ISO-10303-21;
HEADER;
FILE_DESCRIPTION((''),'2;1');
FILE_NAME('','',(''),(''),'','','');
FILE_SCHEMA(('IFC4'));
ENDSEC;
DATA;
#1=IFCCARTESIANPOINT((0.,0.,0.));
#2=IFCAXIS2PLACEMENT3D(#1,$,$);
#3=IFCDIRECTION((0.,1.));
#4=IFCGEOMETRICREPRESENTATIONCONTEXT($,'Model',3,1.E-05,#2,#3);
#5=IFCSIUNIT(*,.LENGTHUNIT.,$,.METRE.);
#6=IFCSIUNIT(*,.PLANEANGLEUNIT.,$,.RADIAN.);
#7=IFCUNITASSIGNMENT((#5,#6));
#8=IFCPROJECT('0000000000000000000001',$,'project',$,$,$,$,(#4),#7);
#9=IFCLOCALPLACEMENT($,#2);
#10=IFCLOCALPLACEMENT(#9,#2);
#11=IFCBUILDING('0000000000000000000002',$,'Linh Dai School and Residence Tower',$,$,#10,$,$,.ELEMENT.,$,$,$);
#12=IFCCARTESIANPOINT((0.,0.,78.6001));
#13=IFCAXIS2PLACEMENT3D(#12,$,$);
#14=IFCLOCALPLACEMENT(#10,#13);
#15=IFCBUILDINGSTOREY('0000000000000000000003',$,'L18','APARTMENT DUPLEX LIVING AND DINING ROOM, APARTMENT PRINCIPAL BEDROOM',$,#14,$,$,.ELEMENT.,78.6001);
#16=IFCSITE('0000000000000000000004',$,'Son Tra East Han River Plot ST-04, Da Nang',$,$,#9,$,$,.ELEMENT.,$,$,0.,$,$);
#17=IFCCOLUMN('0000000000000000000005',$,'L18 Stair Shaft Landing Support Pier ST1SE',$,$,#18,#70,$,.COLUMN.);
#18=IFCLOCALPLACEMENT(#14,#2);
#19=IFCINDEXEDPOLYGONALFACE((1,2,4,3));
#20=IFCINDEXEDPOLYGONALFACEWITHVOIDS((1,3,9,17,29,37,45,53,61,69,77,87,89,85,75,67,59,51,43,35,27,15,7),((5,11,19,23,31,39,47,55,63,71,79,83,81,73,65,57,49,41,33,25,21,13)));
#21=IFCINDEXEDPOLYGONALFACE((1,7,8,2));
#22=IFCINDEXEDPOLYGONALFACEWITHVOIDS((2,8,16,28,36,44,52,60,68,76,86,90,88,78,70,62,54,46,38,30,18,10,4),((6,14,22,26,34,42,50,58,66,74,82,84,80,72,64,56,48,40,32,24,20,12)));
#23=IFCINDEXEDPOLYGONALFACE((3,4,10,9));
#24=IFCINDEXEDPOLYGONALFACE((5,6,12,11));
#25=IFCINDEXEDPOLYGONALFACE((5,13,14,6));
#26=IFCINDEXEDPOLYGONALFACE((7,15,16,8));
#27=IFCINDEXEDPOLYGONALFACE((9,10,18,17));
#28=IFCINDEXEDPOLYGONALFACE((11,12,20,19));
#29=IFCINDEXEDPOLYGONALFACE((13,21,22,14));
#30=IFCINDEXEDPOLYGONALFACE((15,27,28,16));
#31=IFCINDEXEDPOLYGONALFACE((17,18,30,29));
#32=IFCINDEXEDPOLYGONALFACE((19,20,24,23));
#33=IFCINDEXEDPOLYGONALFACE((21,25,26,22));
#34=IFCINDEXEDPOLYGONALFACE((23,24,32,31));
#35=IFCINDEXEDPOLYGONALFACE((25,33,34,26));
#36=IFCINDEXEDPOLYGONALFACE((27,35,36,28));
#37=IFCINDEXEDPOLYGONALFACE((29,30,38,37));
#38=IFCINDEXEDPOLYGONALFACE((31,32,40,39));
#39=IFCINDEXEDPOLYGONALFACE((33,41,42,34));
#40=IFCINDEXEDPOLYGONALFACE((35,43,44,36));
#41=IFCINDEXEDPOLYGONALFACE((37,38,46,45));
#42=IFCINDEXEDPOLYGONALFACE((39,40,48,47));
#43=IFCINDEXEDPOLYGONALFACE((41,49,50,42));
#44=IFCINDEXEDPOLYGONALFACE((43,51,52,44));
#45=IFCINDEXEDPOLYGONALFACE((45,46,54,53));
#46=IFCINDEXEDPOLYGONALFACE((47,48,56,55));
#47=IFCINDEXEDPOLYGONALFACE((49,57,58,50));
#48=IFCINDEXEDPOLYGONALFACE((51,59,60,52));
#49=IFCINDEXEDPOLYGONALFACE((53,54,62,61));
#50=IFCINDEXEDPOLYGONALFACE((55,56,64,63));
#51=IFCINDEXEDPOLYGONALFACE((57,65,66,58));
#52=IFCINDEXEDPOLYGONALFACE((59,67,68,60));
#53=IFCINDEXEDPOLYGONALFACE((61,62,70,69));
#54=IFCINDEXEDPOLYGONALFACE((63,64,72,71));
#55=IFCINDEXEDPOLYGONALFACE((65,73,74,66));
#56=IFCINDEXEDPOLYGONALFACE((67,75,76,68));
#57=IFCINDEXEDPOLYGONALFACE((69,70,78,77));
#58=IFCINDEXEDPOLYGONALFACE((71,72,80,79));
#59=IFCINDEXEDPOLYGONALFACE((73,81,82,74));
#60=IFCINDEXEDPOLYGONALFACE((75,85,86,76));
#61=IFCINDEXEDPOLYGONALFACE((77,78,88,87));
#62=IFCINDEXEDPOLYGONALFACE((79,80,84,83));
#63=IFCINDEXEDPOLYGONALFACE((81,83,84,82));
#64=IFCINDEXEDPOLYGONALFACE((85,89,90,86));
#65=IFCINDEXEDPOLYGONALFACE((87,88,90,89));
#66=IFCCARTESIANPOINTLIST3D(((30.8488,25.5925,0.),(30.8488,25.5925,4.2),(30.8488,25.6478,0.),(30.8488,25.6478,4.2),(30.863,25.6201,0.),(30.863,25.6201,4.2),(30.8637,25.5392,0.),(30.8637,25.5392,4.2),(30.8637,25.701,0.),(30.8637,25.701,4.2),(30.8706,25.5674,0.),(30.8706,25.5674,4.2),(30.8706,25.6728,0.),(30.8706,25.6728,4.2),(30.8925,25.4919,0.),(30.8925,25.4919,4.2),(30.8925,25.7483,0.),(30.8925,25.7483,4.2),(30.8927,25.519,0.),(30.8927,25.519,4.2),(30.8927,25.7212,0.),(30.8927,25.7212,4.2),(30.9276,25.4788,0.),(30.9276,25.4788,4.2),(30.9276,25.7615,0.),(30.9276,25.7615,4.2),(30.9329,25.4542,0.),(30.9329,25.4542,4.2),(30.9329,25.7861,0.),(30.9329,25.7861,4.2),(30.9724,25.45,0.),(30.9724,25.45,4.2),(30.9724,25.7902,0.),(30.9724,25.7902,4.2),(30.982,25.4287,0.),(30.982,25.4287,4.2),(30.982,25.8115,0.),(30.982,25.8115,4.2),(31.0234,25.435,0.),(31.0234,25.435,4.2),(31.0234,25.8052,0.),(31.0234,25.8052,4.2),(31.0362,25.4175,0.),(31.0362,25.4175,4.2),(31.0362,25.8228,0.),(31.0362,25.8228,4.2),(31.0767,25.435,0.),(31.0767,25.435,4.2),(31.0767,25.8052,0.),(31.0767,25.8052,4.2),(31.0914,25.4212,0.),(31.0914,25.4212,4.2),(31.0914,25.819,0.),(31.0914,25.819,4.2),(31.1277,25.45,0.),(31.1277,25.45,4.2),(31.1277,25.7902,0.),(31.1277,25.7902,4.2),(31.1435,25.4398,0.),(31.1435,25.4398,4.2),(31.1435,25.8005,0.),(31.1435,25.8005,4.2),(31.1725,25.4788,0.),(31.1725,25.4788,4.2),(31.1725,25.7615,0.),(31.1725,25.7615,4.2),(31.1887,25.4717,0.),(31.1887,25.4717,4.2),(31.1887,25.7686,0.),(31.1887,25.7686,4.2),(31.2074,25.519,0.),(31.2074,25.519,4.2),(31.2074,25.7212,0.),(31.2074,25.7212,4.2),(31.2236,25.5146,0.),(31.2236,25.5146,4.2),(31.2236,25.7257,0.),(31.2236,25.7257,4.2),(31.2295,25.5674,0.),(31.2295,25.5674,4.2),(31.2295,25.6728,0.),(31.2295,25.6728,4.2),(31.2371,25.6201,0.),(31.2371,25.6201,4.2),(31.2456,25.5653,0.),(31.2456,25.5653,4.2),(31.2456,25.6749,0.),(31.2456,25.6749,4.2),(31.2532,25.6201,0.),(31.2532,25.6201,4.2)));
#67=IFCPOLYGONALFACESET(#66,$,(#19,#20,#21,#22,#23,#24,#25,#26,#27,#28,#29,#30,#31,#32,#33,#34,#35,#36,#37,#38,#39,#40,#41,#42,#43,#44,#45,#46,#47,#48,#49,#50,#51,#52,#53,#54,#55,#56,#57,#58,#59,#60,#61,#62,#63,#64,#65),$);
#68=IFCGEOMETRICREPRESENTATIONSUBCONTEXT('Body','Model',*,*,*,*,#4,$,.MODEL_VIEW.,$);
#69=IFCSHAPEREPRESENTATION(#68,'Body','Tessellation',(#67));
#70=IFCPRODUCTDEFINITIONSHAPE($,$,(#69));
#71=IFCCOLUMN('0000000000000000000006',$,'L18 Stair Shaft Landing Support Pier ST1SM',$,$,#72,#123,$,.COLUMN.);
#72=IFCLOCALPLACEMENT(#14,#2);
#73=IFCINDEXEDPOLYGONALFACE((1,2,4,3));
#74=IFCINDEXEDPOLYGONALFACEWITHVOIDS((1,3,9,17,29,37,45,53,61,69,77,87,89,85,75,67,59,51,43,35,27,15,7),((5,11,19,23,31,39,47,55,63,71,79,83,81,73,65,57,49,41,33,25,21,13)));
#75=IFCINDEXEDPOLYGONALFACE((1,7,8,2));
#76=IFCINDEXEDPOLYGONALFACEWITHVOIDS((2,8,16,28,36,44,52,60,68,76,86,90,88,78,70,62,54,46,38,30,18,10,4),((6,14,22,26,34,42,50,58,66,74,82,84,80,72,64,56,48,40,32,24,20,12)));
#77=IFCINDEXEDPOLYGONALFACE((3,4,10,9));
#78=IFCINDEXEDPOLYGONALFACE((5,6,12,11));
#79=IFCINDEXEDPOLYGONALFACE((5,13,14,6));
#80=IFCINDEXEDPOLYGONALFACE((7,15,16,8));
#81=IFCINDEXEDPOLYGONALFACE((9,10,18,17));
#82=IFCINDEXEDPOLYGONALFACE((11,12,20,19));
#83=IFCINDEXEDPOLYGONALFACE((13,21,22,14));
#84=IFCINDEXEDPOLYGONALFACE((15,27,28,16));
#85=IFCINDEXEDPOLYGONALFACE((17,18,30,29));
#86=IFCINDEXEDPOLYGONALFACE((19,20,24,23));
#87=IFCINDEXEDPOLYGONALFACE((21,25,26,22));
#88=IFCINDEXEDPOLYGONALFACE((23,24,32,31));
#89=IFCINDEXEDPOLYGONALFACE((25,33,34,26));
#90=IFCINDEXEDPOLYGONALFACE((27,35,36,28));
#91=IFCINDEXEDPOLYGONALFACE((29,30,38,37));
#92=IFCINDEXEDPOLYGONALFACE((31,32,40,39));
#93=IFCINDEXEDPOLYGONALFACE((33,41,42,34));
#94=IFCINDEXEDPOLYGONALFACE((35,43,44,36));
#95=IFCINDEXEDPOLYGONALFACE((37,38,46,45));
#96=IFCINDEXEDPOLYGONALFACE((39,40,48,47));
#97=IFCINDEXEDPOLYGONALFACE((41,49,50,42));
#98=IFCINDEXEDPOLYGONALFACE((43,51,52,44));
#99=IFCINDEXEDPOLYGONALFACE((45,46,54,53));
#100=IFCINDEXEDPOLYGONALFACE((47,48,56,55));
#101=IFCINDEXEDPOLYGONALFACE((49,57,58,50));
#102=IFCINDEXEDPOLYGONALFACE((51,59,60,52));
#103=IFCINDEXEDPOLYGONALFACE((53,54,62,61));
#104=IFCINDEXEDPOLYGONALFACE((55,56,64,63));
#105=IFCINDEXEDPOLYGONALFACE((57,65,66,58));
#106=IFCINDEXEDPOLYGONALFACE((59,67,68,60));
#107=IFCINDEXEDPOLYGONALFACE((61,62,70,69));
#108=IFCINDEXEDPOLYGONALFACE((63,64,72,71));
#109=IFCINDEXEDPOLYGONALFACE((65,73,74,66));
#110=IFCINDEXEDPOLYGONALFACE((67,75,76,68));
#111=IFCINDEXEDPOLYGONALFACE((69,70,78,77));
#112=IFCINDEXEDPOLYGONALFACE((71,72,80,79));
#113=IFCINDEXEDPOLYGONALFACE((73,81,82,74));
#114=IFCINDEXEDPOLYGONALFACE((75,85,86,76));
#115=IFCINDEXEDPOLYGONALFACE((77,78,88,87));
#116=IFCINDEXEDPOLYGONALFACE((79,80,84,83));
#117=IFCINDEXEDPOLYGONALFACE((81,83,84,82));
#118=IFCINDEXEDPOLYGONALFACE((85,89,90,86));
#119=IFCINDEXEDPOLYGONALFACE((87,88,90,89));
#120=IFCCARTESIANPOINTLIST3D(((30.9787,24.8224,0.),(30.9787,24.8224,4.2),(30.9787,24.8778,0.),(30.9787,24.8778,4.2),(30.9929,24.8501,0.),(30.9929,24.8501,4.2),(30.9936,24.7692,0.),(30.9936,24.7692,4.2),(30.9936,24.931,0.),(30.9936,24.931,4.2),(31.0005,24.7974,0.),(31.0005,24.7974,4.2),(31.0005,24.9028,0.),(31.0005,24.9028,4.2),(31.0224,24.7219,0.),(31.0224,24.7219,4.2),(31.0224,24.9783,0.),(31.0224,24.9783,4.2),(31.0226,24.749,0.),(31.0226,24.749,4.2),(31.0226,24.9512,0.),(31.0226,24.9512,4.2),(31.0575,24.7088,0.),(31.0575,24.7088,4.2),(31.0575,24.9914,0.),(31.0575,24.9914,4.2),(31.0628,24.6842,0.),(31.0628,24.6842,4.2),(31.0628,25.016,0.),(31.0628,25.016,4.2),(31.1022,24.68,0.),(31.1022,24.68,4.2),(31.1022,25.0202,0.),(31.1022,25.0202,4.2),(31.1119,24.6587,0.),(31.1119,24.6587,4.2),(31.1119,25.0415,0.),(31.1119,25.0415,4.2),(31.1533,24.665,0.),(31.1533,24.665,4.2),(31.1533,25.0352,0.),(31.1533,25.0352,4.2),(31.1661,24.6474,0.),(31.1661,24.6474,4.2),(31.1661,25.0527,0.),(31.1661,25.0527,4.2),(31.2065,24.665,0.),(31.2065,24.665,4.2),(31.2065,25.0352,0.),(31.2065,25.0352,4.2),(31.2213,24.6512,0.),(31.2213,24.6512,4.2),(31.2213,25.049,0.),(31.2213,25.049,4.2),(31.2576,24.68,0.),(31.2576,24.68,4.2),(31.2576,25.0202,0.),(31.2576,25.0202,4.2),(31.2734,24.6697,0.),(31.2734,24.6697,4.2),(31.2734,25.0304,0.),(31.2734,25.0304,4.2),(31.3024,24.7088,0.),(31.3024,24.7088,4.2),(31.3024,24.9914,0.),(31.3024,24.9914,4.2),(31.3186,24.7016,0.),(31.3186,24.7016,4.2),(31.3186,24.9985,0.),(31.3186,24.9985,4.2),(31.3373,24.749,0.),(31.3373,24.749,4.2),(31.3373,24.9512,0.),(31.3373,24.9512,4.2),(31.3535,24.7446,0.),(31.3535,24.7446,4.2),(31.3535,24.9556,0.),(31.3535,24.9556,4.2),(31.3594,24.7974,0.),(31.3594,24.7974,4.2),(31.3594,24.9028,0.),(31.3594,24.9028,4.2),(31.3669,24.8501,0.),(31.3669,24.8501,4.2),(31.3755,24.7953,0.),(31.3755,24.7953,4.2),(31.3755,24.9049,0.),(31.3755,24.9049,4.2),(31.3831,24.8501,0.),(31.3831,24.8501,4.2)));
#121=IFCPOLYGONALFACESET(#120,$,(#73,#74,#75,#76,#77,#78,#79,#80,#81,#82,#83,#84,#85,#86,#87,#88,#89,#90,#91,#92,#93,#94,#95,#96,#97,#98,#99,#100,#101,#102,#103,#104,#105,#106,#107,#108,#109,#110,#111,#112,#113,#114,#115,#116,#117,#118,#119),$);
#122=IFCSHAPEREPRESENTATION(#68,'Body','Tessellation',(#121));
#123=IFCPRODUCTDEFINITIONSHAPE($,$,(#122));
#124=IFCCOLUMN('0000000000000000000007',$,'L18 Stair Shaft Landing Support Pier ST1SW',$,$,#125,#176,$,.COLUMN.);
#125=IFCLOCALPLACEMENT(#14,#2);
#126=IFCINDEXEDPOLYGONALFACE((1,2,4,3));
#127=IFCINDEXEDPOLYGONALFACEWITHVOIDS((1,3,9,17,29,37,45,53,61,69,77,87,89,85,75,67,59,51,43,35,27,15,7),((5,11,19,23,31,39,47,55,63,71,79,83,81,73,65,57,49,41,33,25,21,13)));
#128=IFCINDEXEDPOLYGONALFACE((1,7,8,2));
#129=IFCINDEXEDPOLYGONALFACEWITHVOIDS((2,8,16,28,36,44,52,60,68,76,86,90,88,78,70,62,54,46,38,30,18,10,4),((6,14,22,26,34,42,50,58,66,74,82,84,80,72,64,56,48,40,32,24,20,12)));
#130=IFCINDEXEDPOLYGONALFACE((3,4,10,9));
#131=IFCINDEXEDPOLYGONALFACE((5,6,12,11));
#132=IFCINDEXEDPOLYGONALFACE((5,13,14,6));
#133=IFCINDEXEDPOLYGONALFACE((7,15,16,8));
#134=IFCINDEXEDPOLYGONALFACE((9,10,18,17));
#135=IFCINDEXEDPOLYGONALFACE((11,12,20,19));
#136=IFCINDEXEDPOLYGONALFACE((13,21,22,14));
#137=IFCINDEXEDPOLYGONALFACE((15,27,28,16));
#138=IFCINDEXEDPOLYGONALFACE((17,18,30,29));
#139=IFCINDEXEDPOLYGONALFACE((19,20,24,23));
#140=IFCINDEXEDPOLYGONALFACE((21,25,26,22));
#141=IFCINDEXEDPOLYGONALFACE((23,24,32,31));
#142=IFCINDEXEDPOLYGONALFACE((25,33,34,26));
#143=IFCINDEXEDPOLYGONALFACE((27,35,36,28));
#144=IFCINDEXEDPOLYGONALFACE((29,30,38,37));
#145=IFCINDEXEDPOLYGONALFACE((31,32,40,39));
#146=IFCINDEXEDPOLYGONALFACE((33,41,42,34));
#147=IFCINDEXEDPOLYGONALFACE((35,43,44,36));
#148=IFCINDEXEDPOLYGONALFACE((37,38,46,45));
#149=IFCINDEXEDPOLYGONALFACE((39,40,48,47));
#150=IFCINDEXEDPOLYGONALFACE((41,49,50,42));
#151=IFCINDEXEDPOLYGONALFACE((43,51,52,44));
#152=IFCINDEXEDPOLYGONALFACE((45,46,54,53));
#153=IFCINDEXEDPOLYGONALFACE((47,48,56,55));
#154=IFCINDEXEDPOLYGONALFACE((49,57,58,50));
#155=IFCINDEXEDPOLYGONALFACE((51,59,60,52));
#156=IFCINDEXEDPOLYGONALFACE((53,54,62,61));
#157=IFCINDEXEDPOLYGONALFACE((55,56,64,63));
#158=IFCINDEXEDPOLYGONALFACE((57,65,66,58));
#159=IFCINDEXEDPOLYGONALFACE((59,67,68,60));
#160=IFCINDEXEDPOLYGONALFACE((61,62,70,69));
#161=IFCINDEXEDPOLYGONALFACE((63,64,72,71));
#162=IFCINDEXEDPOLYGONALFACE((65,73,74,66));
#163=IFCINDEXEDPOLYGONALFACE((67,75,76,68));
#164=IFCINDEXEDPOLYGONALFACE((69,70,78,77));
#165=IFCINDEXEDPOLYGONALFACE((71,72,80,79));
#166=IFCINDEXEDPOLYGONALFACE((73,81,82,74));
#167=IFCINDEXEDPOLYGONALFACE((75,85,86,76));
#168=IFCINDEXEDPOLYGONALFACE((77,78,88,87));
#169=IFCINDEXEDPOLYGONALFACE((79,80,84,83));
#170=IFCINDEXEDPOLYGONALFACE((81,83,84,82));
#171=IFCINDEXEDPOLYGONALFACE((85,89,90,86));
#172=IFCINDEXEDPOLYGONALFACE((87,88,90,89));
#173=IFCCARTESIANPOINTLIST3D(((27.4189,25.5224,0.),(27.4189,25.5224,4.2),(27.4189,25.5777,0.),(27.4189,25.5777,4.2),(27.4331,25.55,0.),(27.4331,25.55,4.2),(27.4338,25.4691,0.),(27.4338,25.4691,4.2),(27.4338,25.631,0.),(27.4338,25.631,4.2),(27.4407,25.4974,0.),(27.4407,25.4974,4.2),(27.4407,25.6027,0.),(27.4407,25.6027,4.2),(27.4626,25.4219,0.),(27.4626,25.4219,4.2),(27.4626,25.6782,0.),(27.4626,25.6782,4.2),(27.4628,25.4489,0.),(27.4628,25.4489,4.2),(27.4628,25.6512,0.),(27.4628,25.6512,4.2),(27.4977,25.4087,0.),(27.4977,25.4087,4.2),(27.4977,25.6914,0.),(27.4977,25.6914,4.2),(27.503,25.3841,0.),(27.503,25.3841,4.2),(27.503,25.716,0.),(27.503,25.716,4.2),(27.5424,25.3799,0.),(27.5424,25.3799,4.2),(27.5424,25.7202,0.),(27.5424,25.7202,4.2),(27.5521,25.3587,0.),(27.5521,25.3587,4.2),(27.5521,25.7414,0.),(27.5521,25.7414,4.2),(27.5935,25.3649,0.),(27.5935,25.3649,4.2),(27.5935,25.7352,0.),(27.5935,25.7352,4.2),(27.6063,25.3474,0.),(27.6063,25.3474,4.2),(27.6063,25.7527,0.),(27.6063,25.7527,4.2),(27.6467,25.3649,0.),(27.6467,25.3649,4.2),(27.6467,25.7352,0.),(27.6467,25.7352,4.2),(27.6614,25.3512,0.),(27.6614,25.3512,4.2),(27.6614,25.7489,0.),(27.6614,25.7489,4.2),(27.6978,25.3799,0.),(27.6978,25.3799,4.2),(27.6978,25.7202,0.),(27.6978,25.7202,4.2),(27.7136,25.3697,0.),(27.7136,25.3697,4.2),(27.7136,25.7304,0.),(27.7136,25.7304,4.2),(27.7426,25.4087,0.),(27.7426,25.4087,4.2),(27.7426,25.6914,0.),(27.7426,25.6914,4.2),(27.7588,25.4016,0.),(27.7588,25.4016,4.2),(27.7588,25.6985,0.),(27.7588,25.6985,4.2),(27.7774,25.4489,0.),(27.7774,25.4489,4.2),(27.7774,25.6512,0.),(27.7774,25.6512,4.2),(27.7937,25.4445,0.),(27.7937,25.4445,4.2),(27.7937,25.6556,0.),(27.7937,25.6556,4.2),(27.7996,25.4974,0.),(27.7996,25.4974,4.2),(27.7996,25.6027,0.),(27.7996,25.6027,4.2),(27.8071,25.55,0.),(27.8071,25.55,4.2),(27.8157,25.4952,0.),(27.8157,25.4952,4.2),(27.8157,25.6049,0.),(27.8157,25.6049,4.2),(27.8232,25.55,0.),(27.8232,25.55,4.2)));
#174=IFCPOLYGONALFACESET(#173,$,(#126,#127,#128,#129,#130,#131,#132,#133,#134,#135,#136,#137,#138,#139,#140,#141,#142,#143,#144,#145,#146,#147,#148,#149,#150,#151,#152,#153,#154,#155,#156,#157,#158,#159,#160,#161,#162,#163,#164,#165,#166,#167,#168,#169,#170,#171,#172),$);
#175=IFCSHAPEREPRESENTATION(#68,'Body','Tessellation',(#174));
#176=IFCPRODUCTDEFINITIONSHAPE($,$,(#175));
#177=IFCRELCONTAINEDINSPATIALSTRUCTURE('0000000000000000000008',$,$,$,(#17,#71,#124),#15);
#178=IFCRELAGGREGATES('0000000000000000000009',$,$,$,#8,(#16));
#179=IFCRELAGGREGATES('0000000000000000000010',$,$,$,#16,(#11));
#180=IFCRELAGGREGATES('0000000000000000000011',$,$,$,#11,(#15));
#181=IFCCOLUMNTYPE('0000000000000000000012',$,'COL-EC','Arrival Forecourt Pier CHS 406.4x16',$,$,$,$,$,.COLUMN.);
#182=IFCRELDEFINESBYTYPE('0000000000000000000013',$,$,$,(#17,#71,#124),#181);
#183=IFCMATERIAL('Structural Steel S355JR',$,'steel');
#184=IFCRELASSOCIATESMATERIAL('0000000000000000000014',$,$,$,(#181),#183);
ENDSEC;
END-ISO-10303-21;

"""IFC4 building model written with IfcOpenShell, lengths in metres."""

from ifc_helpers import new_model, si_unit, direction, frame, origin, origin_2d, place, context, subcontext, project, spatial, hollow_circle, extrude, material, material_profile, profile_set, type_object, element, save


model = new_model("IFC4")

# Units and contexts
model_context = context("Model", 3, precision=1e-05, world=origin(), true_north=direction((0.0, 1.0)))
body_context = subcontext(model_context, "Body", "Model", "MODEL_VIEW")
ifc_project = project(units=[si_unit("LENGTHUNIT", "METRE"), si_unit("PLANEANGLEUNIT", "RADIAN")], contexts=[model_context])

# Site, building, storey
site_placement = place(None, origin())
site = spatial("IfcSite", under=ifc_project, at=site_placement, Name="Son Tra East Han River Plot ST-04, Da Nang", CompositionType="ELEMENT", RefElevation=0.0)
building_placement = place(site_placement, origin())
building = spatial("IfcBuilding", under=site, at=building_placement, Name="Linh Dai School and Residence Tower", CompositionType="ELEMENT")
storey_placement = place(building_placement, frame((0.0, 0.0, 78.6001)))
storey = spatial("IfcBuildingStorey", under=building, at=storey_placement, Name="L18", Description="APARTMENT DUPLEX LIVING AND DINING ROOM, APARTMENT PRINCIPAL BEDROOM", CompositionType="ELEMENT", Elevation=78.6001)

# Columns
ifc_material_1 = material(Name="Structural Steel S355JR", Category="steel")
ifc_material_profile_1 = material_profile(ifc_material_1, hollow_circle(Radius=0.2031, WallThickness=0.0161, at=origin_2d()), Name="CHS 406.4x16")
ifc_profile_set_1 = profile_set([ifc_material_profile_1], Name="Structural Steel S355JR")
column_type = type_object("IfcColumnType", Name="COL-EC", Description="Arrival Forecourt Pier CHS 406.4x16", PredefinedType="COLUMN", material=ifc_profile_set_1)
for number, where, z_axis, x_axis, name in (
    (1, (31.05, 25.6201, 0.0), (0.0, 0.0, 1.0), (1.0, 0.0, 0.0), "L18 Stair Shaft Landing Support Pier ST1SE"),
    (2, (31.1799, 24.8501, 0.0), (0.0, 0.0, 1.0), (1.0, 0.0, 0.0), "L18 Stair Shaft Landing Support Pier ST1SM"),
    (3, (27.6201, 25.55, 0.0), (0.0, 0.0, 1.0), (1.0, 0.0, 0.0), "L18 Stair Shaft Landing Support Pier ST1SW"),
):
    element("IfcColumn", number, at=place(storey_placement, frame(where, z_axis=z_axis, x_axis=x_axis)), inside=storey, type_object=column_type, Name=name, PredefinedType="COLUMN", context=body_context, shape_type="SweptSolid", body=[
        extrude(hollow_circle(Radius=0.2031, WallThickness=0.0161, at=origin_2d()), origin(), (0.0, 0.0, 1.0), 4.2),
    ])

save(model, "model.ifc")
